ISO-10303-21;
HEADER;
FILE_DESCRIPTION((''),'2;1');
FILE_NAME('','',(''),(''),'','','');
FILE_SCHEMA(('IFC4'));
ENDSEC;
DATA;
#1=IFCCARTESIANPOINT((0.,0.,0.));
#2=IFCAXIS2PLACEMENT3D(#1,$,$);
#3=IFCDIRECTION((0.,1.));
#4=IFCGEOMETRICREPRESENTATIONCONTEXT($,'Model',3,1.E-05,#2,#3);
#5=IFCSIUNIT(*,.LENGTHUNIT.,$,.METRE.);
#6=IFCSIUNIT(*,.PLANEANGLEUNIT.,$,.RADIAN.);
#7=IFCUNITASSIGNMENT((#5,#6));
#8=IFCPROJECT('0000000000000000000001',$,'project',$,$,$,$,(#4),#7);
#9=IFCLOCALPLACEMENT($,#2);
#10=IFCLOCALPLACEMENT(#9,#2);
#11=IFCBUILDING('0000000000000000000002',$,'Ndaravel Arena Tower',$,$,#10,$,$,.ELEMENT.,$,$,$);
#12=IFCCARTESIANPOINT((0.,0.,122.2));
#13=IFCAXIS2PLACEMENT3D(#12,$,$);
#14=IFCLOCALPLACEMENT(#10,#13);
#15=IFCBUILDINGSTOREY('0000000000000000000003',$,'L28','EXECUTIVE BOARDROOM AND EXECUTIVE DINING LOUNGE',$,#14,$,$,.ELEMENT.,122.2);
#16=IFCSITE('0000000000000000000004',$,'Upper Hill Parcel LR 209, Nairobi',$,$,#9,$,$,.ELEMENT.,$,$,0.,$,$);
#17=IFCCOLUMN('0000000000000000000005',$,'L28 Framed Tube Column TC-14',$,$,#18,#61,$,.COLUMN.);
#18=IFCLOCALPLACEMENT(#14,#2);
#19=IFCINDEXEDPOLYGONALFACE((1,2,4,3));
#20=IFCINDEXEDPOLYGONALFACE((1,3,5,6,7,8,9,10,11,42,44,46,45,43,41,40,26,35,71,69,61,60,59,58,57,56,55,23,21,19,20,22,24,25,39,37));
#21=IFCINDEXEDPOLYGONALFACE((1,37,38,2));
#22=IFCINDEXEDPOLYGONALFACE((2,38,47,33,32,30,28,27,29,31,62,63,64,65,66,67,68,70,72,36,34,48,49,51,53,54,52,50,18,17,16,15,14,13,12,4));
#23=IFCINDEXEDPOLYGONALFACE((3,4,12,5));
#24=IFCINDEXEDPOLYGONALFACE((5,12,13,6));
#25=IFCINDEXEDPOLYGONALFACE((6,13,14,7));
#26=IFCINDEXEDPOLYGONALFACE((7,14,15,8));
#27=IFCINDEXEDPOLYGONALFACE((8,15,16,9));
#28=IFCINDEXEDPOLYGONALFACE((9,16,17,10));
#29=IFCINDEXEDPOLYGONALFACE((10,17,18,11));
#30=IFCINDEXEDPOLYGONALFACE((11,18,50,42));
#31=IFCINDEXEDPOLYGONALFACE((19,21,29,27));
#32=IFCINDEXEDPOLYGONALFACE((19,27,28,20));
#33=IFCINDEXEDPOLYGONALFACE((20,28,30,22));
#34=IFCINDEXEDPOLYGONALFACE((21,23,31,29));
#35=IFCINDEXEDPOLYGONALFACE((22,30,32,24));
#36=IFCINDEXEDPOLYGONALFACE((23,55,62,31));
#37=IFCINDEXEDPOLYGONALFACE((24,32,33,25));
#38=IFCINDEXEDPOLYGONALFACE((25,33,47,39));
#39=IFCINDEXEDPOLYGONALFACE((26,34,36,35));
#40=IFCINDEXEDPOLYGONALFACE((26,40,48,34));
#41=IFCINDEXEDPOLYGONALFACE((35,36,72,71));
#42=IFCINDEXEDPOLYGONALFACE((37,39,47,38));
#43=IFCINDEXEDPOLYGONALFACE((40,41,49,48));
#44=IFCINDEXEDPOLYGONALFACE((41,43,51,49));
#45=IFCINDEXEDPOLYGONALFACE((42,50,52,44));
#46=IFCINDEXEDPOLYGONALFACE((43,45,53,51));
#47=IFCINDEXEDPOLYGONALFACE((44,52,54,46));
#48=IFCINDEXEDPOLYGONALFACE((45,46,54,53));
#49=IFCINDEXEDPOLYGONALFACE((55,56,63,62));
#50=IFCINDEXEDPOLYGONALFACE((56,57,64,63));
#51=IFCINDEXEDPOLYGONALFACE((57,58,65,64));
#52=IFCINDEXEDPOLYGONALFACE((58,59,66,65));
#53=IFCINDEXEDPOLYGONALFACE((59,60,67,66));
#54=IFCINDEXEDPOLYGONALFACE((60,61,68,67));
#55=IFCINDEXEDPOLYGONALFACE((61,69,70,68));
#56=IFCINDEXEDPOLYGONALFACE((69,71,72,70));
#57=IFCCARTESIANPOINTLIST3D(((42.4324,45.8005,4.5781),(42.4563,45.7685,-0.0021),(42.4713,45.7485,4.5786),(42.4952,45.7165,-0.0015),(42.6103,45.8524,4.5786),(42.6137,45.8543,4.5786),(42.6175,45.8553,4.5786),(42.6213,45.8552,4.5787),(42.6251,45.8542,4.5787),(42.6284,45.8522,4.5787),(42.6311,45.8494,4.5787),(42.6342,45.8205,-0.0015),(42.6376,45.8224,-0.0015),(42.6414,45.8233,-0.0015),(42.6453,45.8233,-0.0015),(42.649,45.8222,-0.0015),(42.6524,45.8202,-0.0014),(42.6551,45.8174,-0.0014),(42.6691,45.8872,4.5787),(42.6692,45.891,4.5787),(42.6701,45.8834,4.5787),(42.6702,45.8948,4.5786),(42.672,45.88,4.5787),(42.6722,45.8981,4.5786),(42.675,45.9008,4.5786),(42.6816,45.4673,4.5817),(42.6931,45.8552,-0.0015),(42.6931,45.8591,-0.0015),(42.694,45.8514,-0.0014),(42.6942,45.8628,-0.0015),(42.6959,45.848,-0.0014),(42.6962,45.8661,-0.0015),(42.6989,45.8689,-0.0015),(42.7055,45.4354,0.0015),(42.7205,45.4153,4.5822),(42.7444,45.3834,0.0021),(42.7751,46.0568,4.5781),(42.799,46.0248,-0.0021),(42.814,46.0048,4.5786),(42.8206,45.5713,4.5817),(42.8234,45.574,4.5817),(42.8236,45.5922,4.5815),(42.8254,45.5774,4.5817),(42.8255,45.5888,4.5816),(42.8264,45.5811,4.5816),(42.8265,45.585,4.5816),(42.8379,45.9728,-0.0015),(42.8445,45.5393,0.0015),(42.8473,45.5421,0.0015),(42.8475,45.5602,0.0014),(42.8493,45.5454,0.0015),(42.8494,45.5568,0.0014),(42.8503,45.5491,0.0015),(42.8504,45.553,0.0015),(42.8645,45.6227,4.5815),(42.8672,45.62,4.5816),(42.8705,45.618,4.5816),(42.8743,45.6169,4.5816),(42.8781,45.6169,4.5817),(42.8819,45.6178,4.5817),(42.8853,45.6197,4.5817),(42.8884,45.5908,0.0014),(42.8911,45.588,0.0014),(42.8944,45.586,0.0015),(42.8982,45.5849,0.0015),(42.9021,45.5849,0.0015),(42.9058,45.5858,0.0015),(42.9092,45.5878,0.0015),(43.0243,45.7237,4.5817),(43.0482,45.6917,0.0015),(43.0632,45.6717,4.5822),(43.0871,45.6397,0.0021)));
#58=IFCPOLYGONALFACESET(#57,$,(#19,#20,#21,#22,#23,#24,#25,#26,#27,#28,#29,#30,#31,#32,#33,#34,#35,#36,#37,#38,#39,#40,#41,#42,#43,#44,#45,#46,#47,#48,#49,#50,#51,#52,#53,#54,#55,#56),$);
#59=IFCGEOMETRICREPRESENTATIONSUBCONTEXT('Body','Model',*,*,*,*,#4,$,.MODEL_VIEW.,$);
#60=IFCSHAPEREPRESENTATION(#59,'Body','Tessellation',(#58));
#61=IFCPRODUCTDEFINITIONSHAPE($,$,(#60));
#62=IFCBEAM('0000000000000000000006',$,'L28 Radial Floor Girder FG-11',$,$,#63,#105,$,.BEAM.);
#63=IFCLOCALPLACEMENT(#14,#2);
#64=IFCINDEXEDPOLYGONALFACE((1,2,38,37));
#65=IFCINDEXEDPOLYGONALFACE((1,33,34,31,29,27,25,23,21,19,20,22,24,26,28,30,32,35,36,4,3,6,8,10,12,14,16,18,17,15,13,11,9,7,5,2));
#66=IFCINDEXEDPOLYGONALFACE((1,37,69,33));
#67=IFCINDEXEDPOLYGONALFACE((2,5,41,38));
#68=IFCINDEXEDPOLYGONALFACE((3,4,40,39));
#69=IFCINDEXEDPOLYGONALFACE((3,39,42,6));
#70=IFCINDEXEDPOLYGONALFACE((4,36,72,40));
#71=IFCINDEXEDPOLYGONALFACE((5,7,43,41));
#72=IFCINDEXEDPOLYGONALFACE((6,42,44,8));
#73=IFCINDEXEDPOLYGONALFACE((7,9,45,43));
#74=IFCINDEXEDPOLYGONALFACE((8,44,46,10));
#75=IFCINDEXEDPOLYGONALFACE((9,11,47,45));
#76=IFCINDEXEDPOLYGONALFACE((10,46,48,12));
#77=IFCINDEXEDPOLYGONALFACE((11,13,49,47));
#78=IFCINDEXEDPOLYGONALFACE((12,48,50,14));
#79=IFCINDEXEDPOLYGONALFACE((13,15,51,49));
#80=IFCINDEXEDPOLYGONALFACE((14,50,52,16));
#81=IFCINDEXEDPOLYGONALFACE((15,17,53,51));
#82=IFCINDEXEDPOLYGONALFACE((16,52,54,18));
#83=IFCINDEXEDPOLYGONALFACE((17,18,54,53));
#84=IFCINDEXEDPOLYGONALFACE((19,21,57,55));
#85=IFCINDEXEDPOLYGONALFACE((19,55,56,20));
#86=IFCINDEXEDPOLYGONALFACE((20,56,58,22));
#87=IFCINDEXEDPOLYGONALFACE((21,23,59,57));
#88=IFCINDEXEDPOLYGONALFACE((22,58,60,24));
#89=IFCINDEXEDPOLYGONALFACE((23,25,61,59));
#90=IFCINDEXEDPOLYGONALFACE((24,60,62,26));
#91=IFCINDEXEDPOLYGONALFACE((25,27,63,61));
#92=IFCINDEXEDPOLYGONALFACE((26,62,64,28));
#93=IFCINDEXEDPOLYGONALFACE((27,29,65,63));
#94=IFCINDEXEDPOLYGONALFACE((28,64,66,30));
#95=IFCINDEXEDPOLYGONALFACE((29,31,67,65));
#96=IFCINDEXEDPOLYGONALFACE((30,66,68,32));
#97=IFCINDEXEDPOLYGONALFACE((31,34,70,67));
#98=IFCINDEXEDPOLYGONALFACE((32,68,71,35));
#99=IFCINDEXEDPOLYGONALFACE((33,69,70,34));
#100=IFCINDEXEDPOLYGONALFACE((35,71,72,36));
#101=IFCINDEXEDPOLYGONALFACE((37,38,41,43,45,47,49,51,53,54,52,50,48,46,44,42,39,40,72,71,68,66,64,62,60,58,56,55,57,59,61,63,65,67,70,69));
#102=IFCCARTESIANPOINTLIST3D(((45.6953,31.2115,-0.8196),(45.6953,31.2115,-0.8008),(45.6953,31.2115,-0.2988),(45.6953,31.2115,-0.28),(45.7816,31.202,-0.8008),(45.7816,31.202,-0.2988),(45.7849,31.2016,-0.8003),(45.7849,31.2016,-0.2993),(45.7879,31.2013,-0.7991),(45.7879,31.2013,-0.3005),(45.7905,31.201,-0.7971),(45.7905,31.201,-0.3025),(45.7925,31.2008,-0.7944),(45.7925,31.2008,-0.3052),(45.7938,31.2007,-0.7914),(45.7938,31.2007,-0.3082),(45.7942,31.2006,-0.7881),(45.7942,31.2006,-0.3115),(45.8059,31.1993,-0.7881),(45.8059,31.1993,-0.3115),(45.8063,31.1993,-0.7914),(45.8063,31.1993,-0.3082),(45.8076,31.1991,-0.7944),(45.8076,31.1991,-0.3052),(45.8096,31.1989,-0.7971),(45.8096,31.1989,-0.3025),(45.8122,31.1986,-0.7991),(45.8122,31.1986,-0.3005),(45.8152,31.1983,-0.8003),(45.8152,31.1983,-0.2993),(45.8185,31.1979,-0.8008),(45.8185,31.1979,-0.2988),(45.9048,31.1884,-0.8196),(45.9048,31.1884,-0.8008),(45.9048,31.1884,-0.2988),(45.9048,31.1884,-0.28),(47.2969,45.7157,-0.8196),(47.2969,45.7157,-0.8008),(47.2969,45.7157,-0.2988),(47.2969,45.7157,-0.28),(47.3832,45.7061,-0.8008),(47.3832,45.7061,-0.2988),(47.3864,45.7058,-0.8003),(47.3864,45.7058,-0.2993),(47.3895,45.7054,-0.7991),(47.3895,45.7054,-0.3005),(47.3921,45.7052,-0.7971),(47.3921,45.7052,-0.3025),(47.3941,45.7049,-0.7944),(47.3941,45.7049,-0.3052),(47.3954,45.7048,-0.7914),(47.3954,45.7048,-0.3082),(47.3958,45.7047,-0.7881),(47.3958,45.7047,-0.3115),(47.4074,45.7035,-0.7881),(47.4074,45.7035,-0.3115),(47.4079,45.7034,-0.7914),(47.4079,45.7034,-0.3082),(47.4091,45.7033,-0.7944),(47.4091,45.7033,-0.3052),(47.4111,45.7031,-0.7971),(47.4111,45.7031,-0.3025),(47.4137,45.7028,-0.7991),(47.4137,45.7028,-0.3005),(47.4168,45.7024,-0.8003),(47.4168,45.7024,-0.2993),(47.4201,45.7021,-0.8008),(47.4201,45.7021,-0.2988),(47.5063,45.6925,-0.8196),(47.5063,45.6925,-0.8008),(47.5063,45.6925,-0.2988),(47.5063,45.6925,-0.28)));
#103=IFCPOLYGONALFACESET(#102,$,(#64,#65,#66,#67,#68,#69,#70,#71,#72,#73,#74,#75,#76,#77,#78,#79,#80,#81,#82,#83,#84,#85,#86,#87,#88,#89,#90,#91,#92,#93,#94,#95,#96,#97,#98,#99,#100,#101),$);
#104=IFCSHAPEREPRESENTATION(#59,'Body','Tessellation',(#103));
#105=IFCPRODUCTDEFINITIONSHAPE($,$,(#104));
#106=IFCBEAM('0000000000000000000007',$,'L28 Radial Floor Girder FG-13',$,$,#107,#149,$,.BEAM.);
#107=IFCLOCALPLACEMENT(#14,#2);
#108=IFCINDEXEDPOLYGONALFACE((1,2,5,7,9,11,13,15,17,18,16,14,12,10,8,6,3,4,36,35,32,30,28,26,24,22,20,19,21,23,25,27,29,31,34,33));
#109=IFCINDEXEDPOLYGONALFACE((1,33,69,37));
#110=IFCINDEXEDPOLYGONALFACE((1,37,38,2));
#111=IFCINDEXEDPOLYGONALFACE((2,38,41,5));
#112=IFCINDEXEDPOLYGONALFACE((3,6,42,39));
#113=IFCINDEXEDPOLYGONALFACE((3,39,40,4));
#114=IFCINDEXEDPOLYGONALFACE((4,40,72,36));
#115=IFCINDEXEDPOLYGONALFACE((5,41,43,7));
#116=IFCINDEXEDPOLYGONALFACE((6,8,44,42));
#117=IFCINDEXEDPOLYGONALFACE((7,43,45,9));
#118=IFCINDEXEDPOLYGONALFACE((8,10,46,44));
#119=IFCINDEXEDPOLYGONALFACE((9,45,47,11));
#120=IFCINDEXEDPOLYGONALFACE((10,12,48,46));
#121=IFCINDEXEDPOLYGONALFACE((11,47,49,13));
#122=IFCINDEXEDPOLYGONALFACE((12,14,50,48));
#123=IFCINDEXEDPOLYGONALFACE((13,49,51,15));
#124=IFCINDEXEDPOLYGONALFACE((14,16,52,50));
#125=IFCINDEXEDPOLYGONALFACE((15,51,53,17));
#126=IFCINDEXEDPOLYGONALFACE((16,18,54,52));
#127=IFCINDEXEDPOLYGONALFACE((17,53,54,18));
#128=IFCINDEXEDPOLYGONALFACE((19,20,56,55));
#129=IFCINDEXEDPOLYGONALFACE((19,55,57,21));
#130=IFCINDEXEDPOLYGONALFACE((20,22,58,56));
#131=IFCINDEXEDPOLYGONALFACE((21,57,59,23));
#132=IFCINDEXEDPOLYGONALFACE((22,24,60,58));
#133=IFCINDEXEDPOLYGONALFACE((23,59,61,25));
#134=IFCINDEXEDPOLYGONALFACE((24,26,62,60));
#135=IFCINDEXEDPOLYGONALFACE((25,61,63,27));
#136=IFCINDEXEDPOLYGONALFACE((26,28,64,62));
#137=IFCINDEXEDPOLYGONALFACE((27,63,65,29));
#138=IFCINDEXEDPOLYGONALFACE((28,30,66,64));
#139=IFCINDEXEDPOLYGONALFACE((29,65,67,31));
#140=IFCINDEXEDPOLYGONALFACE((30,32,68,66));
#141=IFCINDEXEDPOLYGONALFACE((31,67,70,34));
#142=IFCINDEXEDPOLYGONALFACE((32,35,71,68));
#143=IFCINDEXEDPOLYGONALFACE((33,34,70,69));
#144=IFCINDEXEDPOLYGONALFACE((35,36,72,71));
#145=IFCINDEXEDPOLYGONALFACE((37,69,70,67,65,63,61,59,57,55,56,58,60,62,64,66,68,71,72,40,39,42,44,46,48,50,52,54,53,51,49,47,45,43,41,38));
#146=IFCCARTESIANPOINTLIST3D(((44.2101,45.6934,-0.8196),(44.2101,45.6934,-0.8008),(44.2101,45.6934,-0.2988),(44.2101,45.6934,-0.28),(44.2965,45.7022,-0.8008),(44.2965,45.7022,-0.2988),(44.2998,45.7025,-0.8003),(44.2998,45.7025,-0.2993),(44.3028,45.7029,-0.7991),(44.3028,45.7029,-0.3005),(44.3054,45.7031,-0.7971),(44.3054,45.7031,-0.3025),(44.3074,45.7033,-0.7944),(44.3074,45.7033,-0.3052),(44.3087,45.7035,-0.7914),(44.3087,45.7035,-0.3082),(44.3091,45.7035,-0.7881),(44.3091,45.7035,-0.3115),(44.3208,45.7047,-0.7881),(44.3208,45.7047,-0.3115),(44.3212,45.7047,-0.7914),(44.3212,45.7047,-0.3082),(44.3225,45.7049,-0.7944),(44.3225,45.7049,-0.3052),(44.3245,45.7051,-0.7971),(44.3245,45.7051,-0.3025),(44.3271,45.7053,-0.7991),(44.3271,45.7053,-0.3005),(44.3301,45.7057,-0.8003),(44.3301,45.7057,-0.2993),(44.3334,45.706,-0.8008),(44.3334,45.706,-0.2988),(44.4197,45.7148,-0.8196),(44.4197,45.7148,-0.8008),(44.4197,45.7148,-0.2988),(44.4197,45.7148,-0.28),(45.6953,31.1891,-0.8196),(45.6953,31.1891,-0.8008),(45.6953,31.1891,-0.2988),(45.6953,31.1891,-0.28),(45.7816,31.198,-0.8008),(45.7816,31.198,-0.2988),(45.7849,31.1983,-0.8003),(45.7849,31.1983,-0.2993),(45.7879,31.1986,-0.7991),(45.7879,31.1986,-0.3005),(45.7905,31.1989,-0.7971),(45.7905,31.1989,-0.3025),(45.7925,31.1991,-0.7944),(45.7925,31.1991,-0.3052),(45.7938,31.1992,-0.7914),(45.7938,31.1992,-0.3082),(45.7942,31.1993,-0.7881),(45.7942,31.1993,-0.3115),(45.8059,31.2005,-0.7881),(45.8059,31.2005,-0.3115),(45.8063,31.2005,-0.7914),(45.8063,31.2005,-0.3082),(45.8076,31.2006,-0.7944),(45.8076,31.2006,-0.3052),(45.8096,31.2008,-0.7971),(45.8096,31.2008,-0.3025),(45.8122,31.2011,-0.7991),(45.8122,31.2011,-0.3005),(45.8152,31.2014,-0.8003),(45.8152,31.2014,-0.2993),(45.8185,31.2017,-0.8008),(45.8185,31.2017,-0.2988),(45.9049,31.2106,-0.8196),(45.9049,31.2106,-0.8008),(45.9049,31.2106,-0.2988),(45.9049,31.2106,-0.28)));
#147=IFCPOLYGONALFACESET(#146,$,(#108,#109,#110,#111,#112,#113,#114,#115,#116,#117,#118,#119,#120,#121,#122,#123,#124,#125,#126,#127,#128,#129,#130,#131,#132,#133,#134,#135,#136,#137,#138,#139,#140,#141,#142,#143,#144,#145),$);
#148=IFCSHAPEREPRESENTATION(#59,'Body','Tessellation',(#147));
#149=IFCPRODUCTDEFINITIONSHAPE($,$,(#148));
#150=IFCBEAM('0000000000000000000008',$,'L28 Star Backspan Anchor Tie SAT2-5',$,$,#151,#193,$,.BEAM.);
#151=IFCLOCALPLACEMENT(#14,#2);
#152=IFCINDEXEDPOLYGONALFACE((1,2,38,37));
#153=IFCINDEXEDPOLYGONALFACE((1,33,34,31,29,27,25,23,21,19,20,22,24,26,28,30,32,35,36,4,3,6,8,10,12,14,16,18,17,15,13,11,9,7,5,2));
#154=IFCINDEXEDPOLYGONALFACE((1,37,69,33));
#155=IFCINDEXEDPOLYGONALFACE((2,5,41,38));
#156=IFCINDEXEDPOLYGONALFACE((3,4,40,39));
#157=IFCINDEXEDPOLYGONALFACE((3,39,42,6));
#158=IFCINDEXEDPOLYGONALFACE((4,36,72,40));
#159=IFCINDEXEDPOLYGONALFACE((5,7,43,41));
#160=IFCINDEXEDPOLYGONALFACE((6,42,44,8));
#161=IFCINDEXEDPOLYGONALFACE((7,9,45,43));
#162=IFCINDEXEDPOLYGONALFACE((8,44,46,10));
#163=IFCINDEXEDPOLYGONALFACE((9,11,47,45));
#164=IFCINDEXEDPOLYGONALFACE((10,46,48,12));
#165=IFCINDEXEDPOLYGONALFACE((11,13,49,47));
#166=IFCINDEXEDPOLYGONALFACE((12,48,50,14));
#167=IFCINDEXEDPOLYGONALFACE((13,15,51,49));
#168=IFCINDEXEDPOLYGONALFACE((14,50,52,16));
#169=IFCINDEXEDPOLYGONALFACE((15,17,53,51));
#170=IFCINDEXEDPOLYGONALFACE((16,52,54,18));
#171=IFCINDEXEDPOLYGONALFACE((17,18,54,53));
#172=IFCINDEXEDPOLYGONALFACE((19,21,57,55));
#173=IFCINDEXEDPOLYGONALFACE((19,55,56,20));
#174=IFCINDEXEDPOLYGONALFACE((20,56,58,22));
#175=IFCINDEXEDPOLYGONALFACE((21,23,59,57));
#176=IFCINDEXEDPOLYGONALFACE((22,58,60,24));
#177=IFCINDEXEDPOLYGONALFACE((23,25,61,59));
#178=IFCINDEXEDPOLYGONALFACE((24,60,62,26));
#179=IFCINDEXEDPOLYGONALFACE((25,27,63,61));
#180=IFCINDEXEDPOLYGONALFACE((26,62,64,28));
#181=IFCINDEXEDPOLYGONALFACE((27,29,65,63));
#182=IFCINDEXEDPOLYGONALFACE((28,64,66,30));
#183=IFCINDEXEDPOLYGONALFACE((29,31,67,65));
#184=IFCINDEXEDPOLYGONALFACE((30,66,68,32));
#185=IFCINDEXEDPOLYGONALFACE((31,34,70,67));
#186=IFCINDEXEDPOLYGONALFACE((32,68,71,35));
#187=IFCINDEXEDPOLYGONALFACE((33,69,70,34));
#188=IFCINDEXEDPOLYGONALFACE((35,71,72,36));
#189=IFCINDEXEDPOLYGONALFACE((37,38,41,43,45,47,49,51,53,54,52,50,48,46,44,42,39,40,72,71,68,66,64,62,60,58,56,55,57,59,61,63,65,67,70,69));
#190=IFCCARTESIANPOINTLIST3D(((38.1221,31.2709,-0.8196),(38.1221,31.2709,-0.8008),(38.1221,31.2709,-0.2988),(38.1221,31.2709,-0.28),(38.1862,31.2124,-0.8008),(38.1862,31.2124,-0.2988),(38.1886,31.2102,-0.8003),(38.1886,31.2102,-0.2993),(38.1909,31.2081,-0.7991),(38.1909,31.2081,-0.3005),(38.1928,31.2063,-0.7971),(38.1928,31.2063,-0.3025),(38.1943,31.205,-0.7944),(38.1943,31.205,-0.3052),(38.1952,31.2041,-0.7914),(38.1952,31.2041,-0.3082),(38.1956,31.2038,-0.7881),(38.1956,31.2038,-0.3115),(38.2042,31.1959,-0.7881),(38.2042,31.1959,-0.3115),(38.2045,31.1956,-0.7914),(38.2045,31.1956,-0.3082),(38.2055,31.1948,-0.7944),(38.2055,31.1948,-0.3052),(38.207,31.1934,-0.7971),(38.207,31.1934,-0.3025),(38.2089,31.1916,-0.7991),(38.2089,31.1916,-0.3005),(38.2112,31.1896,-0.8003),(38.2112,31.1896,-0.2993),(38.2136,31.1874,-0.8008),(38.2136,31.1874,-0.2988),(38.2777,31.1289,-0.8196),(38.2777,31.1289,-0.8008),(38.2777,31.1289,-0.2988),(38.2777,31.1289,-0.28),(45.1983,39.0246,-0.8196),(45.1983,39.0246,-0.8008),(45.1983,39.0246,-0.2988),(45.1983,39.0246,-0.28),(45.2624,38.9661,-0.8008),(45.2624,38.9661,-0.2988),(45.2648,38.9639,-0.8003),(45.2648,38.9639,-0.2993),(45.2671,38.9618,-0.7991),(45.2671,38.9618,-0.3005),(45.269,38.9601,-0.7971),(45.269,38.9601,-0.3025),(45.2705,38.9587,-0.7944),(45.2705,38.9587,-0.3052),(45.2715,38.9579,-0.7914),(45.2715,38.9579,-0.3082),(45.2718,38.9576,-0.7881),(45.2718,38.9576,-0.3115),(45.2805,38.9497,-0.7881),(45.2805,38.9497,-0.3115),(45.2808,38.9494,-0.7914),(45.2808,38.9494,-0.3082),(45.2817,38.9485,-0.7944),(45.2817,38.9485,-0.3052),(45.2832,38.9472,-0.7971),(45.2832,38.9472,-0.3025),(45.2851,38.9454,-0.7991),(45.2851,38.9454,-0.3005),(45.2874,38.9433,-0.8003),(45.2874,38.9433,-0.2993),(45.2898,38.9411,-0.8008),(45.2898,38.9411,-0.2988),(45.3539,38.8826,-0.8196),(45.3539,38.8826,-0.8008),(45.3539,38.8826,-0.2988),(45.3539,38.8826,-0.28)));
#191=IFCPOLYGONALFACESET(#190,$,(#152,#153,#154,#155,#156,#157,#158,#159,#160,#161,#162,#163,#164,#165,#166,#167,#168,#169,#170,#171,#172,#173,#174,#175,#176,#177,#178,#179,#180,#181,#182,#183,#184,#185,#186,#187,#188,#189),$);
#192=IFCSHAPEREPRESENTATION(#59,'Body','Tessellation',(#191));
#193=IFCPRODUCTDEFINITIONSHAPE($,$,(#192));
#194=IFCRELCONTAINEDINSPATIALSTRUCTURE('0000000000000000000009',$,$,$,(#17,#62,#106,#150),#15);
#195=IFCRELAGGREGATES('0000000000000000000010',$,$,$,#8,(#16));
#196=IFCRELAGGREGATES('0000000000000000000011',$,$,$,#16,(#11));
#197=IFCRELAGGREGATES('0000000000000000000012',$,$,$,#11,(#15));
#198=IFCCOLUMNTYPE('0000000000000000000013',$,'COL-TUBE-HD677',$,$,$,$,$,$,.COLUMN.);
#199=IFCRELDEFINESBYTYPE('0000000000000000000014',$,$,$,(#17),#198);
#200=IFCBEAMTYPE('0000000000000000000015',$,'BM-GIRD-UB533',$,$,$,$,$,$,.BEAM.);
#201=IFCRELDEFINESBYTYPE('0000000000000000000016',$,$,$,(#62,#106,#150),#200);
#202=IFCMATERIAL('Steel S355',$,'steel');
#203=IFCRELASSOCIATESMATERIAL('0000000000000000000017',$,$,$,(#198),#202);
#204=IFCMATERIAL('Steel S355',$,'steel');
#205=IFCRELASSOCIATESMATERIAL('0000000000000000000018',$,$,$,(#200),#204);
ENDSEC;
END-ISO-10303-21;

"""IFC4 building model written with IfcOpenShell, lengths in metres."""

from ifc_helpers import new_model, si_unit, direction, frame, origin, origin_2d, place, context, subcontext, project, spatial, i_section, extrude, material, material_profile, profile_set, type_object, element, save


model = new_model("IFC4")

# Units and contexts
model_context = context("Model", 3, precision=1e-05, world=origin(), true_north=direction((0.0, 1.0)))
body_context = subcontext(model_context, "Body", "Model", "MODEL_VIEW")
ifc_project = project(units=[si_unit("LENGTHUNIT", "METRE"), si_unit("PLANEANGLEUNIT", "RADIAN")], contexts=[model_context])

# Site, building, storey
site_placement = place(None, origin())
site = spatial("IfcSite", under=ifc_project, at=site_placement, Name="Upper Hill Parcel LR 209, Nairobi", CompositionType="ELEMENT", RefElevation=0.0)
building_placement = place(site_placement, origin())
building = spatial("IfcBuilding", under=site, at=building_placement, Name="Ndaravel Arena Tower", CompositionType="ELEMENT")
storey_placement = place(building_placement, frame((0.0, 0.0, 122.2)))
storey = spatial("IfcBuildingStorey", under=building, at=storey_placement, Name="L28", Description="EXECUTIVE BOARDROOM AND EXECUTIVE DINING LOUNGE", CompositionType="ELEMENT", Elevation=122.2)

# Column
ifc_material_1 = material(Name="Steel S355", Category="steel")
ifc_material_profile_1 = material_profile(ifc_material_1, i_section(OverallWidth=0.428, OverallDepth=0.481, WebThickness=0.051, FlangeThickness=0.0649, FilletRadius=0.0149, at=origin_2d()), Name="HD 400x677")
ifc_profile_set_1 = profile_set([ifc_material_profile_1], Name="Steel S355")
column_type_1 = type_object("IfcColumnType", Name="COL-TUBE-HD677", PredefinedType="COLUMN", material=ifc_profile_set_1)
column_1_placement = place(storey_placement, frame((42.7717, 45.7041, 0.0), z_axis=(-0.005224, 0.006983, 0.999962), x_axis=(-0.800733, -0.599022, 0.0)))
element("IfcColumn", 1, at=column_1_placement, inside=storey, type_object=column_type_1, Name="L28 Framed Tube Column TC-14", PredefinedType="COLUMN", context=body_context, shape_type="SweptSolid", body=[
    extrude(i_section(OverallWidth=0.428, OverallDepth=0.481, WebThickness=0.051, FlangeThickness=0.0649, FilletRadius=0.0149, at=origin_2d()), origin(), (0.0, 0.0, 1.0), 4.5803),
])

# Beams
ifc_material_2 = material(Name="Steel S355", Category="steel")
ifc_material_profile_2 = material_profile(ifc_material_2, i_section(OverallWidth=0.2107, OverallDepth=0.5396, WebThickness=0.0117, FlangeThickness=0.0188, FilletRadius=0.0127, at=origin_2d()), Name="UB 533x210x109")
ifc_profile_set_2 = profile_set([ifc_material_profile_2], Name="Steel S355")
beam_type_1 = type_object("IfcBeamType", Name="BM-GIRD-UB533", PredefinedType="BEAM", material=ifc_profile_set_2)
beam_1_placement = place(storey_placement, frame((47.4016, 45.7041, -0.5498), z_axis=(-0.109754, -0.993959, 0.0), x_axis=(0.993959, -0.109754, 0.0)))
element("IfcBeam", 2, at=beam_1_placement, inside=storey, type_object=beam_type_1, Name="L28 Radial Floor Girder FG-11", PredefinedType="BEAM", context=body_context, shape_type="SweptSolid", body=[
    extrude(i_section(OverallWidth=0.2107, OverallDepth=0.5396, WebThickness=0.0117, FlangeThickness=0.0188, FilletRadius=0.0127, at=origin_2d()), origin(), (0.0, 0.0, 1.0), 14.5923),
])
beam_2_placement = place(storey_placement, frame((44.3149, 45.7041, -0.5498), z_axis=(0.101859, -0.994799, 0.0), x_axis=(0.994799, 0.101859, 0.0)))
element("IfcBeam", 3, at=beam_2_placement, inside=storey, type_object=beam_type_1, Name="L28 Radial Floor Girder FG-13", PredefinedType="BEAM", context=body_context, shape_type="SweptSolid", body=[
    extrude(i_section(OverallWidth=0.2107, OverallDepth=0.5396, WebThickness=0.0117, FlangeThickness=0.0188, FilletRadius=0.0127, at=origin_2d()), origin(), (0.0, 0.0, 1.0), 14.5801),
])
beam_3_placement = place(storey_placement, frame((45.2761, 38.9536, -0.5498), z_axis=(-0.6741, -0.73864, 0.0), x_axis=(0.73864, -0.6741, 0.0)))
element("IfcBeam", 4, at=beam_3_placement, inside=storey, type_object=beam_type_1, Name="L28 Star Backspan Anchor Tie SAT2-5", PredefinedType="BEAM", context=body_context, shape_type="SweptSolid", body=[
    extrude(i_section(OverallWidth=0.2107, OverallDepth=0.5396, WebThickness=0.0117, FlangeThickness=0.0188, FilletRadius=0.0127, at=origin_2d()), origin(), (0.0, 0.0, 1.0), 10.4973),
])

save(model, "model.ifc")
